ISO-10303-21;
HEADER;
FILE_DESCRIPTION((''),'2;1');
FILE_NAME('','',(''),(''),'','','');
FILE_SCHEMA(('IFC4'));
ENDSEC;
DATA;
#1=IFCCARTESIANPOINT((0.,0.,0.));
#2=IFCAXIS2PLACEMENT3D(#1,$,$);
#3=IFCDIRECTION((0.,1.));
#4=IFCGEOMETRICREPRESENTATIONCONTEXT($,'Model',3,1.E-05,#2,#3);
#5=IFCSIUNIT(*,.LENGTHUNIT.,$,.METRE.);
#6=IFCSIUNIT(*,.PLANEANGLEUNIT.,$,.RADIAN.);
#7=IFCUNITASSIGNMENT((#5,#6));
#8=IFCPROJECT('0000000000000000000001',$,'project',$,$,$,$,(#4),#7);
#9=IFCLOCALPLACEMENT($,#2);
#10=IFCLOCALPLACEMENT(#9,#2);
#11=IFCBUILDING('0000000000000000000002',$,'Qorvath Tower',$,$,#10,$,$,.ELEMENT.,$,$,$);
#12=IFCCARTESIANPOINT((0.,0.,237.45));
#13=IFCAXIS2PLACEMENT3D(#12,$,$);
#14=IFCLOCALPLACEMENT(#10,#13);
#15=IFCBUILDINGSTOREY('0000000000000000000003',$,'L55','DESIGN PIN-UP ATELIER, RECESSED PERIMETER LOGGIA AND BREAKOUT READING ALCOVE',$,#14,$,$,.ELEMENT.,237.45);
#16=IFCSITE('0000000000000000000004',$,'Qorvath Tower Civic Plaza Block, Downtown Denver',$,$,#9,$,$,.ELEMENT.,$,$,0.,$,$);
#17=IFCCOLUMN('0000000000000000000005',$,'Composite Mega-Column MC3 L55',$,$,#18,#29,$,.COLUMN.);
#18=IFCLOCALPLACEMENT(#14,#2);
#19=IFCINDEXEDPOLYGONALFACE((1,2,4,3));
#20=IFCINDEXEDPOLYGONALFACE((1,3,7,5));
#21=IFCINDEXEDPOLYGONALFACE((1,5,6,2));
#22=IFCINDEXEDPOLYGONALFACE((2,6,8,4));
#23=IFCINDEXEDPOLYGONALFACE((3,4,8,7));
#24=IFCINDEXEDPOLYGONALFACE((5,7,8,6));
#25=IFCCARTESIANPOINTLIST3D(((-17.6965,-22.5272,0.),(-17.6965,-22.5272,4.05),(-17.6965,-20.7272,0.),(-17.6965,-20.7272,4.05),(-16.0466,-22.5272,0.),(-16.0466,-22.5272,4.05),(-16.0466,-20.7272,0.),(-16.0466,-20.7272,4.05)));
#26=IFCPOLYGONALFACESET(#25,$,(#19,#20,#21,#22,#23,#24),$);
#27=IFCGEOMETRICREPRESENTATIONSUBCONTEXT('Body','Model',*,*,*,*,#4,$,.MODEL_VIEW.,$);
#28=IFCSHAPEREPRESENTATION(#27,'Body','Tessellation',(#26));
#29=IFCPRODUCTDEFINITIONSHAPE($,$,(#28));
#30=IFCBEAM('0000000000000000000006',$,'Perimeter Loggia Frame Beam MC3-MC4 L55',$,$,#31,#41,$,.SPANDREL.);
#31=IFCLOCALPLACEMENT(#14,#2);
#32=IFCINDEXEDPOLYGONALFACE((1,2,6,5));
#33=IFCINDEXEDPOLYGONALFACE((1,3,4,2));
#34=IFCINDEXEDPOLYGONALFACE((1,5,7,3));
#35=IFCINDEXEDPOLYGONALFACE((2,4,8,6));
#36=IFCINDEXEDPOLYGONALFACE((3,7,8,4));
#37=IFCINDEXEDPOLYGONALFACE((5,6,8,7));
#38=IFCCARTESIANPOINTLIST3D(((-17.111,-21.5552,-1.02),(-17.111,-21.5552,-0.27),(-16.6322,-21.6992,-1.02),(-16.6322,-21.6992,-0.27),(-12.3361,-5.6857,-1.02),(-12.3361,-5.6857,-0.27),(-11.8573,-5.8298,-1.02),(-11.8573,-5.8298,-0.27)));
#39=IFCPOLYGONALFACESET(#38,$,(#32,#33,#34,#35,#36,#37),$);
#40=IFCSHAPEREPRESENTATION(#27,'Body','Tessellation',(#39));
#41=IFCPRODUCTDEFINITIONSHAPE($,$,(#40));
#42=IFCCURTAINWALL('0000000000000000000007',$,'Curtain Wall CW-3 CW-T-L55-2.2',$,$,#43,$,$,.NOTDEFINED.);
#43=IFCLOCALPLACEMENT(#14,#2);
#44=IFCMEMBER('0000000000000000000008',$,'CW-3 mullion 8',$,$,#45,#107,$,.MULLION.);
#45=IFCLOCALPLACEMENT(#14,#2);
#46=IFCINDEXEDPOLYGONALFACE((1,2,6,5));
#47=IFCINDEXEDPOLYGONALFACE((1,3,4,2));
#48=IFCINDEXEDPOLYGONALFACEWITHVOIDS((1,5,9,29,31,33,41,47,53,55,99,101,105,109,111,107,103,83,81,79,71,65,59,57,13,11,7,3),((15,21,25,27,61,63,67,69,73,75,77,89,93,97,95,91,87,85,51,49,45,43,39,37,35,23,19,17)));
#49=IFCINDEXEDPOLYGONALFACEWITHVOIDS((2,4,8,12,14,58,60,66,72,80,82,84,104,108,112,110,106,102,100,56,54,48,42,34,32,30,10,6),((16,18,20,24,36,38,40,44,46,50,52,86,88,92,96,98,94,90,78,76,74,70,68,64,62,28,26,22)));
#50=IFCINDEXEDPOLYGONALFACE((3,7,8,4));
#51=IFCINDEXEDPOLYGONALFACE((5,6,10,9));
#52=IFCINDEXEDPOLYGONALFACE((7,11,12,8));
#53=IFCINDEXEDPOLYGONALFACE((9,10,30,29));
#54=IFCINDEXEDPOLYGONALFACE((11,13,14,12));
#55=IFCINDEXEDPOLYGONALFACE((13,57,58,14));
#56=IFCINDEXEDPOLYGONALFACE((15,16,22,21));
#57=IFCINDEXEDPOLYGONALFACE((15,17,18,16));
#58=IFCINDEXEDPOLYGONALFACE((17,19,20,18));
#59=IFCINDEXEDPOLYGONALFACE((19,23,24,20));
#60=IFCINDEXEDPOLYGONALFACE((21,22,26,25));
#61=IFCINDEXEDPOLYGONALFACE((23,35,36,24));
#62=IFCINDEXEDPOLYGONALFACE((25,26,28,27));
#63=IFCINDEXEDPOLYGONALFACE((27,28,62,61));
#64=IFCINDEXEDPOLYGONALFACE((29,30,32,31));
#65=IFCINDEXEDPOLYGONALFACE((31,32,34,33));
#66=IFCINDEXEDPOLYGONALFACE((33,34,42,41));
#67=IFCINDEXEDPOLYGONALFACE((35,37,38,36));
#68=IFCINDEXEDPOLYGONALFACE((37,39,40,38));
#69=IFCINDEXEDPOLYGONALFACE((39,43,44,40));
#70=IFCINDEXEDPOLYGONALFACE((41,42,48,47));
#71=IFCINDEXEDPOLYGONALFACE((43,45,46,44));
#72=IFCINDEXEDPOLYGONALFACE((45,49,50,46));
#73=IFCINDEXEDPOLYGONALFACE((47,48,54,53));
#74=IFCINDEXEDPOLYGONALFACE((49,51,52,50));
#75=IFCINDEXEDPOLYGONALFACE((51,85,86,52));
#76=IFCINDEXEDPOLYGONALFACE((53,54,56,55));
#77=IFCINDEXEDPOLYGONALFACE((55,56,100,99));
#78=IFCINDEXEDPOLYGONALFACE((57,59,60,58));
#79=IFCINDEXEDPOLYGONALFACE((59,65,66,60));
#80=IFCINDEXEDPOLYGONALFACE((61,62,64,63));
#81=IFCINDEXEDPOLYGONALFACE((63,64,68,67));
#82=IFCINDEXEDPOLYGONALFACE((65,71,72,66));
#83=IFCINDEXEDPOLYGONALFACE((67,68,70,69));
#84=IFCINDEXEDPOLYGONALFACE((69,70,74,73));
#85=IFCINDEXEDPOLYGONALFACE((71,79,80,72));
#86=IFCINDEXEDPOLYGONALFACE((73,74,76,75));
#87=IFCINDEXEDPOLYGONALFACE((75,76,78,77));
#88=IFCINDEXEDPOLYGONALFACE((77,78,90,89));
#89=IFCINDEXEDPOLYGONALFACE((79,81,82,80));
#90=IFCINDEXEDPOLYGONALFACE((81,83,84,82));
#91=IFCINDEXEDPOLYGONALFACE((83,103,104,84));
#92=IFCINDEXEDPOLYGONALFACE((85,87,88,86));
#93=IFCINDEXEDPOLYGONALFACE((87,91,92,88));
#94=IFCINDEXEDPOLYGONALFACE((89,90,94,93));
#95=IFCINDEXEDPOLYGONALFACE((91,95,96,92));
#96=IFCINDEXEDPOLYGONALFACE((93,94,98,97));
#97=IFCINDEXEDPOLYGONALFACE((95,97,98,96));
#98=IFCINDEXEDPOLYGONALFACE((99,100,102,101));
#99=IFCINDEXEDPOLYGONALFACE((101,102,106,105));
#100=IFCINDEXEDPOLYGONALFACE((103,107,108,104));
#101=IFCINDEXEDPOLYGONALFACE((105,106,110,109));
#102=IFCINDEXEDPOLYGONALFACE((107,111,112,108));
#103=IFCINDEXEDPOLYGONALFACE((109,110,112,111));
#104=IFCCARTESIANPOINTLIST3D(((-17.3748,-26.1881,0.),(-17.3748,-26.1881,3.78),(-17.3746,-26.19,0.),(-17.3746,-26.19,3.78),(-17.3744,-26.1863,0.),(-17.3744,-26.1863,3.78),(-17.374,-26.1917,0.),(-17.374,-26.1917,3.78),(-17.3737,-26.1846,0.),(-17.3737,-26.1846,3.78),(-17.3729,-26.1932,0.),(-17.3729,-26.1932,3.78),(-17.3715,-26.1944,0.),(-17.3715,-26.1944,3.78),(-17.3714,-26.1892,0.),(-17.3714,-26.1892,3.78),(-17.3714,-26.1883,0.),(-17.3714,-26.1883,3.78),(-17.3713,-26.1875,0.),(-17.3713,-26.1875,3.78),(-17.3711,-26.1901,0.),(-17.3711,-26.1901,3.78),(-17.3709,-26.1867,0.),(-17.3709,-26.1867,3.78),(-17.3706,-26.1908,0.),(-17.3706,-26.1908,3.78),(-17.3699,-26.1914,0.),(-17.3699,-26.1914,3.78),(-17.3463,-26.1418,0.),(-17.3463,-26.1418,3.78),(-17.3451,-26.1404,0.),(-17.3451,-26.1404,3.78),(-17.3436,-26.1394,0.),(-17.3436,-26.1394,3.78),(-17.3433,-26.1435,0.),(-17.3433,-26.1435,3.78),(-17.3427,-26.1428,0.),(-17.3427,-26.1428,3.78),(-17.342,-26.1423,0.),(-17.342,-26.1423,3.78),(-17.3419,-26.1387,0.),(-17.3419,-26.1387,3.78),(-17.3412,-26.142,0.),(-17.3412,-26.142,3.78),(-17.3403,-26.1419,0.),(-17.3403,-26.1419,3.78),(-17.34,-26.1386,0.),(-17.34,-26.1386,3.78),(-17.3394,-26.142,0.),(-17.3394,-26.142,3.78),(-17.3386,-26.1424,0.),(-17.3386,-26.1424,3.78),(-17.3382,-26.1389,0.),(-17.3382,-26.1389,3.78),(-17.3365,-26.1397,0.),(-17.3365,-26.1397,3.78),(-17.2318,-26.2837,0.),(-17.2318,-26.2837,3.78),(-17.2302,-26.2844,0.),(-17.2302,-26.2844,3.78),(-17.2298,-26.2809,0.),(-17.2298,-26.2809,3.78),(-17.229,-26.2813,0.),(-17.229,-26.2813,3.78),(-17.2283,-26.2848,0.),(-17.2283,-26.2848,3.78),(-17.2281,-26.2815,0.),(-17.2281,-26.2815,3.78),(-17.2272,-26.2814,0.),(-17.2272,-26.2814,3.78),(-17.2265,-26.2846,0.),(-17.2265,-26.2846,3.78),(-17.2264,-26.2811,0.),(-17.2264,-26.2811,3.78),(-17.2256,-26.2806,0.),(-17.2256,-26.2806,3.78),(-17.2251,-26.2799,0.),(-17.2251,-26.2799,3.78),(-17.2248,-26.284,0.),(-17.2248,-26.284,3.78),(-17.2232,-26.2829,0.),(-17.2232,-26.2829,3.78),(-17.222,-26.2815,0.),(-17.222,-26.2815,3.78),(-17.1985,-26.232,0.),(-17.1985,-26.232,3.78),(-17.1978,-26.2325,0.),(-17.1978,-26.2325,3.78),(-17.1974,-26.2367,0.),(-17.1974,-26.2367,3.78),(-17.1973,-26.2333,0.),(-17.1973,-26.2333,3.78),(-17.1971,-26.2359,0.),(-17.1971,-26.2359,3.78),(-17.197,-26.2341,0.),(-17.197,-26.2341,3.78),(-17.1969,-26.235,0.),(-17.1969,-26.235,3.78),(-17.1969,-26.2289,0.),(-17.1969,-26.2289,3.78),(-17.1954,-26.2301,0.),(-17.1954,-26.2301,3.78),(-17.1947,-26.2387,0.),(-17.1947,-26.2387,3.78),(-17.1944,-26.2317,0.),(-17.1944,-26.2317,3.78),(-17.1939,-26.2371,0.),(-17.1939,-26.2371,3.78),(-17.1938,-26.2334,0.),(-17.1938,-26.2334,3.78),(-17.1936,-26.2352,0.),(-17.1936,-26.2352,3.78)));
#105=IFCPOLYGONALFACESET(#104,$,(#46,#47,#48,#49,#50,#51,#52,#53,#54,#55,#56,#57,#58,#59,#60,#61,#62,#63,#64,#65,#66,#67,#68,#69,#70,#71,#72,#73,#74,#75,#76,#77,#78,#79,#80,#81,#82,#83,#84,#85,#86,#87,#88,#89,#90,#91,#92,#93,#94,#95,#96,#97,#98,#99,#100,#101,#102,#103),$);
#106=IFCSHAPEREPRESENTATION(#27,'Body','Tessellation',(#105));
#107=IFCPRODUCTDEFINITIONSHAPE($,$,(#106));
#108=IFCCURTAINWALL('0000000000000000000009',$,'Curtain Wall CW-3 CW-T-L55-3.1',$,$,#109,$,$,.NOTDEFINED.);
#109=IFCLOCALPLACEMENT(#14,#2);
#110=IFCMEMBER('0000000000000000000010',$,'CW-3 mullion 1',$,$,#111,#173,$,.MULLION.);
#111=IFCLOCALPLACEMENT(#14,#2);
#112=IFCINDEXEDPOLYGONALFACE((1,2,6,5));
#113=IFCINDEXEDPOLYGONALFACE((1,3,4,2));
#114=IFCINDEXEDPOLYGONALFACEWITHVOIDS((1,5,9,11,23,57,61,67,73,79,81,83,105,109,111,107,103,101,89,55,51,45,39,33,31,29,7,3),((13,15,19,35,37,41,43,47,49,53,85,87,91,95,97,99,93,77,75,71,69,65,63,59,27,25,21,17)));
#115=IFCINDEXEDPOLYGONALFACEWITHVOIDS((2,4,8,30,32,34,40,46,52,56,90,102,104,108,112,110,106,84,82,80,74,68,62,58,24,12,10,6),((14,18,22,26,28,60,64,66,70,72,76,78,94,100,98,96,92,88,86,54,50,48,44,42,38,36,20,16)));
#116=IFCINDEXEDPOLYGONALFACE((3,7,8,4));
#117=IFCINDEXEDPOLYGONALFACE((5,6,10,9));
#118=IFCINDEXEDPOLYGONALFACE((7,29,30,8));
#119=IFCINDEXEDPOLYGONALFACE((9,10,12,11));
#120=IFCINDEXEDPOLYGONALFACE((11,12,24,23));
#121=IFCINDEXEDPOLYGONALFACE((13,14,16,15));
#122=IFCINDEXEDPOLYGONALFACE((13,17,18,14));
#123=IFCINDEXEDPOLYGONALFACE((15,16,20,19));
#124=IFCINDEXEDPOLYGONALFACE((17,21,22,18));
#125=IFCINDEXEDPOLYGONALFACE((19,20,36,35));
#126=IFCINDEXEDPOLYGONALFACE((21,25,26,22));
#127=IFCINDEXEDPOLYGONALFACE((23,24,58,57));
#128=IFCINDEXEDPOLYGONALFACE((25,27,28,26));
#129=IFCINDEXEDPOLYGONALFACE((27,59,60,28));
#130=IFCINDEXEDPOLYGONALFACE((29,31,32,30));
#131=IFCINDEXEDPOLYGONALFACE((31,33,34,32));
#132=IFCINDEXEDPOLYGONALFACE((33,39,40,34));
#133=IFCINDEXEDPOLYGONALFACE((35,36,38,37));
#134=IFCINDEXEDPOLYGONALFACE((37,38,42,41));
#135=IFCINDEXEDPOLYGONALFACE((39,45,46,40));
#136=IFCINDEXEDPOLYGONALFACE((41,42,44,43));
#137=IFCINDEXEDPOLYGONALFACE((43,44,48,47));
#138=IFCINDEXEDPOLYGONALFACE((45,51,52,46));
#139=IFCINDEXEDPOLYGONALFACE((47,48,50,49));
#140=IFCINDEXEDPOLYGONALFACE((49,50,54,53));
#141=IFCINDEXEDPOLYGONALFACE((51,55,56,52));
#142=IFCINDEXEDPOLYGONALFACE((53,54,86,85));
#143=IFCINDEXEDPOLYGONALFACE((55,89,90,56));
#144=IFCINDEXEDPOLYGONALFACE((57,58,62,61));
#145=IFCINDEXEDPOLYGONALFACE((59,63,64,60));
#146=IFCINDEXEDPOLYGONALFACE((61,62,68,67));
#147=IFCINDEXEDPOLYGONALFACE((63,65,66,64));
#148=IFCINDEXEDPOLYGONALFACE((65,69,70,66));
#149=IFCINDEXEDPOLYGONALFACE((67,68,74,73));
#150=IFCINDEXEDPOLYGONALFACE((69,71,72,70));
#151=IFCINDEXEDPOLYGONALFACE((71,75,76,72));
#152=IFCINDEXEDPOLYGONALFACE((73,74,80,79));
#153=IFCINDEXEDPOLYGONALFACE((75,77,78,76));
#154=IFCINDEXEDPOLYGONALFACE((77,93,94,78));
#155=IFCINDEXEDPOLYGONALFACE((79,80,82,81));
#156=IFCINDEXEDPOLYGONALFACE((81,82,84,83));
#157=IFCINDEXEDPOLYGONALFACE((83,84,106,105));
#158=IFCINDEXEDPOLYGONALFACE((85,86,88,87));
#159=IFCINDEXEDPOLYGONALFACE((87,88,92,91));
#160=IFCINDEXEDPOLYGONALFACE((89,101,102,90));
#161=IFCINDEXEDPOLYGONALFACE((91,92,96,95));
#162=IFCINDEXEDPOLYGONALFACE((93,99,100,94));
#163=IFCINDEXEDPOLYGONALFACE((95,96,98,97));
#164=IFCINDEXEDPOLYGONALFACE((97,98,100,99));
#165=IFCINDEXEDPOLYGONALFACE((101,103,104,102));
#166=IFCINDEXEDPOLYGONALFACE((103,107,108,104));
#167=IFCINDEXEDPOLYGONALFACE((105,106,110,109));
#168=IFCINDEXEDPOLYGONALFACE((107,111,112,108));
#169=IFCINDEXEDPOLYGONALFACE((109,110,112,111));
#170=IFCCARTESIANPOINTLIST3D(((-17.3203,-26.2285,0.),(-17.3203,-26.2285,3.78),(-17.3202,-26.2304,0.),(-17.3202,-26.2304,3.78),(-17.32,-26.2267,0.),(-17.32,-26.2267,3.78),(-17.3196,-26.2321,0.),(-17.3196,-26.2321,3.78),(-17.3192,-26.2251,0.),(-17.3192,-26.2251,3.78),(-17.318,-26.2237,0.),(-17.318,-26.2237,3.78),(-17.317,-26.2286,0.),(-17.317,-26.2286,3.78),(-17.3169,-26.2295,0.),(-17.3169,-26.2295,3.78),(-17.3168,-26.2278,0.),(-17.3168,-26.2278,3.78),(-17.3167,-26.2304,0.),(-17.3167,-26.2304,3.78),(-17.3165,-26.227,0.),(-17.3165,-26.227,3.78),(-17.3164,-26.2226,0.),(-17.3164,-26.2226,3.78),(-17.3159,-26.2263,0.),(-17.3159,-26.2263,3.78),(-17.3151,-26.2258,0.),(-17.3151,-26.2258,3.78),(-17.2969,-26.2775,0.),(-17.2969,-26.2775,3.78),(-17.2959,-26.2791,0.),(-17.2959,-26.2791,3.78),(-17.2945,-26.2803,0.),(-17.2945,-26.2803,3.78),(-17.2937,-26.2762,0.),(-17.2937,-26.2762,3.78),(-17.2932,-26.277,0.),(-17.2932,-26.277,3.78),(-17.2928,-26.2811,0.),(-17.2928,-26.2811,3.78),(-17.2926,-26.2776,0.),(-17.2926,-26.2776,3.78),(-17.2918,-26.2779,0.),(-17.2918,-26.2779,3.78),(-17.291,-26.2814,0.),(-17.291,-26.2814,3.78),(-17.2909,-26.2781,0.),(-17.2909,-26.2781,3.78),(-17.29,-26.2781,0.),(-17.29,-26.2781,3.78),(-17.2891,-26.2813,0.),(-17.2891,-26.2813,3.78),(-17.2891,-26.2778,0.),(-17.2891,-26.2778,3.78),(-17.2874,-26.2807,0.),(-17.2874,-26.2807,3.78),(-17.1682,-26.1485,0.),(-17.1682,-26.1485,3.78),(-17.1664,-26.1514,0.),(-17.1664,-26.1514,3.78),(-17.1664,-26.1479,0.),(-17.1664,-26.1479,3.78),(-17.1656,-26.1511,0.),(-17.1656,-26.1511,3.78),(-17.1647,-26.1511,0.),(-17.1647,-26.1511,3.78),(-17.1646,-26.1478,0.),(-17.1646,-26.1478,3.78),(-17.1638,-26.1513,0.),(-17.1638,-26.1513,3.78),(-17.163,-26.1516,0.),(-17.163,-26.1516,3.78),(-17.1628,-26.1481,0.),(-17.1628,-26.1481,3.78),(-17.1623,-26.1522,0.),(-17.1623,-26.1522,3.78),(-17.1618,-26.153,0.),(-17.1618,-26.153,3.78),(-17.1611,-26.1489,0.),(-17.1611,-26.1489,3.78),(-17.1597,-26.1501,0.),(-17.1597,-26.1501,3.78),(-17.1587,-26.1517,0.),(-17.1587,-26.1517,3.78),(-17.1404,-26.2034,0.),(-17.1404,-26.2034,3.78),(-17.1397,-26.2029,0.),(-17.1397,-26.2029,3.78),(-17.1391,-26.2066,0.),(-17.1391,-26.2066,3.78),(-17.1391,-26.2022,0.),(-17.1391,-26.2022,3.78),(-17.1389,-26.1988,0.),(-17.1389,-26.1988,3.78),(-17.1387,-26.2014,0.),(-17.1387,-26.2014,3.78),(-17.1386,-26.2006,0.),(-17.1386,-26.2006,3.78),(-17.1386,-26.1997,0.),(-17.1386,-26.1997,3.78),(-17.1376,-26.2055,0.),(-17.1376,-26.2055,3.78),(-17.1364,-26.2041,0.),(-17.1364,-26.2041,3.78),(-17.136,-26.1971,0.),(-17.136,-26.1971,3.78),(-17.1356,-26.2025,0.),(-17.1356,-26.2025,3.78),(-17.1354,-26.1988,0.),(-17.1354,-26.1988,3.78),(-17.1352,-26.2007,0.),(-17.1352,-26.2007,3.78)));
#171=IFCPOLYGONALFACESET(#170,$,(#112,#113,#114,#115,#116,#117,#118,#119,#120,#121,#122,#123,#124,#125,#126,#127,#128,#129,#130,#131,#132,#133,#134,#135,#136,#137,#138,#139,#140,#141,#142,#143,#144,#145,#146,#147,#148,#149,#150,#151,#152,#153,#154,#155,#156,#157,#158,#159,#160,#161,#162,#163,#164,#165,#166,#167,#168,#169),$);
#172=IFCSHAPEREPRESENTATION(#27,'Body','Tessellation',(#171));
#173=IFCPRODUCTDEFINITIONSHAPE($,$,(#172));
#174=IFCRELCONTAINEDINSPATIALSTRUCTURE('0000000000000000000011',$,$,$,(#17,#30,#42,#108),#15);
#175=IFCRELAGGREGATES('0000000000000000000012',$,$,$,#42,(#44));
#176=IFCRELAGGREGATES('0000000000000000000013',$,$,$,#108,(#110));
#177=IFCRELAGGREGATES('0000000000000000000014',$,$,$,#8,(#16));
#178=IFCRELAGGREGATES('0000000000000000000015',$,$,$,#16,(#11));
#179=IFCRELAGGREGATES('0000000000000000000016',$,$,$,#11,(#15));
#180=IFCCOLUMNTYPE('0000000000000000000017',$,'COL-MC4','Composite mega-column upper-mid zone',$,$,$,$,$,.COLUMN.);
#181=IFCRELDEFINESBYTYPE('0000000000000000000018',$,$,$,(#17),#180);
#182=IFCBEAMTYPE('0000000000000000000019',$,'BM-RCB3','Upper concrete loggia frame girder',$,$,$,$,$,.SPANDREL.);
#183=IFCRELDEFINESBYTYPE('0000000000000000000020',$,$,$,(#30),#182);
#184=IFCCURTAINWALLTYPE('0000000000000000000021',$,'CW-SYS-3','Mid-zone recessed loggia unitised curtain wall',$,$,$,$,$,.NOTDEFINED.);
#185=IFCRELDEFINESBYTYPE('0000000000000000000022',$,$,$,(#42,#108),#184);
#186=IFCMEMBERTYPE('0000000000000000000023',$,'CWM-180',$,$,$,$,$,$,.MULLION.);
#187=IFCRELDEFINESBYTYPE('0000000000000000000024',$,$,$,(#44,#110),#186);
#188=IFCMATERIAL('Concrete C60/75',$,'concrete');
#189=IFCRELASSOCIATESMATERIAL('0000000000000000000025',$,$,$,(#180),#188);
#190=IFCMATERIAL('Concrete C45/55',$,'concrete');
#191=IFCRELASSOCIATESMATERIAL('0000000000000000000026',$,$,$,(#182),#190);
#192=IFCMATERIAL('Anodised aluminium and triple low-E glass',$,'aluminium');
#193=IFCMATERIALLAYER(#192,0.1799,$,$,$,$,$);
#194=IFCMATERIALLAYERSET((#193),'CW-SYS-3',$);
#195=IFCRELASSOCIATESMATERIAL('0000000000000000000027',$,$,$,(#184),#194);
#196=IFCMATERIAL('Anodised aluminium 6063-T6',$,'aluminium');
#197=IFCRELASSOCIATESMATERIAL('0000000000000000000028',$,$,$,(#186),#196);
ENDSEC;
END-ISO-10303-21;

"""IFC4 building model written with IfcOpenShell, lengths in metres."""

from ifc_helpers import new_model, si_unit, direction, frame, origin, origin_2d, place, context, subcontext, project, spatial, rectangle, hollow_rectangle, extrude, material, layer, layer_set, material_profile, profile_set, type_object, element, aggregate, save


model = new_model("IFC4")

# Units and contexts
model_context = context("Model", 3, precision=1e-05, world=origin(), true_north=direction((0.0, 1.0)))
body_context = subcontext(model_context, "Body", "Model", "MODEL_VIEW")
ifc_project = project(units=[si_unit("LENGTHUNIT", "METRE"), si_unit("PLANEANGLEUNIT", "RADIAN")], contexts=[model_context])

# Site, building, storey
site_placement = place(None, origin())
site = spatial("IfcSite", under=ifc_project, at=site_placement, Name="Qorvath Tower Civic Plaza Block, Downtown Denver", CompositionType="ELEMENT", RefElevation=0.0)
building_placement = place(site_placement, origin())
building = spatial("IfcBuilding", under=site, at=building_placement, Name="Qorvath Tower", CompositionType="ELEMENT")
storey_placement = place(building_placement, frame((0.0, 0.0, 237.45)))
storey = spatial("IfcBuildingStorey", under=building, at=storey_placement, Name="L55", Description="DESIGN PIN-UP ATELIER, RECESSED PERIMETER LOGGIA AND BREAKOUT READING ALCOVE", CompositionType="ELEMENT", Elevation=237.45)

# Column
ifc_material_1 = material(Name="Concrete C60/75", Category="concrete")
ifc_material_profile_1 = material_profile(ifc_material_1, rectangle(XDim=1.6499, YDim=1.8, at=origin_2d()), Name="MC 1800x1650")
ifc_profile_set_1 = profile_set([ifc_material_profile_1], Name="Concrete C60/75")
column_type = type_object("IfcColumnType", Name="COL-MC4", Description="Composite mega-column upper-mid zone", PredefinedType="COLUMN", material=ifc_profile_set_1)
column_placement = place(storey_placement, frame((-16.8716, -21.6272, 0.0), z_axis=(0.0, 0.0, 1.0), x_axis=(1.0, 0.0, 0.0)))
element("IfcColumn", 1, at=column_placement, inside=storey, type_object=column_type, Name="Composite Mega-Column MC3 L55", PredefinedType="COLUMN", context=body_context, shape_type="SweptSolid", body=[
    extrude(rectangle(XDim=1.6499, YDim=1.8, at=origin_2d()), origin(), (0.0, 0.0, 1.0), 4.05),
])

# Beam
ifc_material_2 = material(Name="Concrete C45/55", Category="concrete")
ifc_material_profile_2 = material_profile(ifc_material_2, rectangle(XDim=0.5, YDim=0.75, at=origin_2d()), Name="RCB 750x500")
ifc_profile_set_2 = profile_set([ifc_material_profile_2], Name="Concrete C45/55")
beam_type = type_object("IfcBeamType", Name="BM-RCB3", Description="Upper concrete loggia frame girder", PredefinedType="SPANDREL", material=ifc_profile_set_2)
beam_placement = place(storey_placement, frame((-16.8716, -21.6272, -0.645), z_axis=(0.288128, 0.957592, 0.0), x_axis=(-0.957592, 0.288128, 0.0)))
element("IfcBeam", 2, at=beam_placement, inside=storey, type_object=beam_type, Name="Perimeter Loggia Frame Beam MC3-MC4 L55", PredefinedType="SPANDREL", context=body_context, shape_type="SweptSolid", body=[
    extrude(rectangle(XDim=0.5, YDim=0.75, at=origin_2d()), origin(), (0.0, 0.0, 1.0), 16.5723),
])

# Curtain wall, member
ifc_material_3 = material(Name="Anodised aluminium and triple low-E glass", Category="aluminium")
ifc_layer_1 = layer(ifc_material_3, 0.1799)
ifc_layer_set_1 = layer_set([ifc_layer_1], Name="CW-SYS-3")
curtain_wall_type = type_object("IfcCurtainWallType", Name="CW-SYS-3", Description="Mid-zone recessed loggia unitised curtain wall", PredefinedType="NOTDEFINED", material=ifc_layer_set_1)
curtain_wall_1_placement = place(storey_placement, origin())
curtain_wall_1 = element("IfcCurtainWall", 3, at=curtain_wall_1_placement, inside=storey, type_object=curtain_wall_type, Name="Curtain Wall CW-3 CW-T-L55-2.2", PredefinedType="NOTDEFINED")
ifc_material_4 = material(Name="Anodised aluminium 6063-T6", Category="aluminium")
ifc_material_profile_3 = material_profile(ifc_material_4, hollow_rectangle(XDim=0.0649, YDim=0.1799, WallThickness=0.0034, InnerFilletRadius=0.0034, OuterFilletRadius=0.0071, at=origin_2d()), Name="CWM 180x65")
ifc_profile_set_3 = profile_set([ifc_material_profile_3], Name="Anodised aluminium 6063-T6")
member_type_1 = type_object("IfcMemberType", Name="CWM-180", PredefinedType="MULLION", material=ifc_profile_set_3)
member_1_placement = place(storey_placement, frame((-17.2842, -26.2117, 0.0), z_axis=(0.0, 0.0, 1.0), x_axis=(0.538529, 0.842607, 0.0)))
member_1 = element("IfcMember", 4, at=member_1_placement, type_object=member_type_1, Name="CW-3 mullion 8", PredefinedType="MULLION", context=body_context, shape_type="SweptSolid", body=[
    extrude(hollow_rectangle(XDim=0.0649, YDim=0.1799, WallThickness=0.0034, InnerFilletRadius=0.0034, OuterFilletRadius=0.0071, at=origin_2d()), origin(), (0.0, 0.0, 1.0), 3.78),
])

# Curtain wall, member
curtain_wall_2_placement = place(storey_placement, origin())
curtain_wall_2 = element("IfcCurtainWall", 5, at=curtain_wall_2_placement, inside=storey, type_object=curtain_wall_type, Name="Curtain Wall CW-3 CW-T-L55-3.1", PredefinedType="NOTDEFINED")
member_2_placement = place(storey_placement, frame((-17.2278, -26.2146, 0.0), z_axis=(0.0, 0.0, 1.0), x_axis=(-0.447214, 0.894427, 0.0)))
member_2 = element("IfcMember", 6, at=member_2_placement, type_object=member_type_1, Name="CW-3 mullion 1", PredefinedType="MULLION", context=body_context, shape_type="SweptSolid", body=[
    extrude(hollow_rectangle(XDim=0.0649, YDim=0.1799, WallThickness=0.0034, InnerFilletRadius=0.0034, OuterFilletRadius=0.0071, at=origin_2d()), origin(), (0.0, 0.0, 1.0), 3.78),
])

aggregate(curtain_wall_1, [member_1])
aggregate(curtain_wall_2, [member_2])

save(model, "model.ifc")
